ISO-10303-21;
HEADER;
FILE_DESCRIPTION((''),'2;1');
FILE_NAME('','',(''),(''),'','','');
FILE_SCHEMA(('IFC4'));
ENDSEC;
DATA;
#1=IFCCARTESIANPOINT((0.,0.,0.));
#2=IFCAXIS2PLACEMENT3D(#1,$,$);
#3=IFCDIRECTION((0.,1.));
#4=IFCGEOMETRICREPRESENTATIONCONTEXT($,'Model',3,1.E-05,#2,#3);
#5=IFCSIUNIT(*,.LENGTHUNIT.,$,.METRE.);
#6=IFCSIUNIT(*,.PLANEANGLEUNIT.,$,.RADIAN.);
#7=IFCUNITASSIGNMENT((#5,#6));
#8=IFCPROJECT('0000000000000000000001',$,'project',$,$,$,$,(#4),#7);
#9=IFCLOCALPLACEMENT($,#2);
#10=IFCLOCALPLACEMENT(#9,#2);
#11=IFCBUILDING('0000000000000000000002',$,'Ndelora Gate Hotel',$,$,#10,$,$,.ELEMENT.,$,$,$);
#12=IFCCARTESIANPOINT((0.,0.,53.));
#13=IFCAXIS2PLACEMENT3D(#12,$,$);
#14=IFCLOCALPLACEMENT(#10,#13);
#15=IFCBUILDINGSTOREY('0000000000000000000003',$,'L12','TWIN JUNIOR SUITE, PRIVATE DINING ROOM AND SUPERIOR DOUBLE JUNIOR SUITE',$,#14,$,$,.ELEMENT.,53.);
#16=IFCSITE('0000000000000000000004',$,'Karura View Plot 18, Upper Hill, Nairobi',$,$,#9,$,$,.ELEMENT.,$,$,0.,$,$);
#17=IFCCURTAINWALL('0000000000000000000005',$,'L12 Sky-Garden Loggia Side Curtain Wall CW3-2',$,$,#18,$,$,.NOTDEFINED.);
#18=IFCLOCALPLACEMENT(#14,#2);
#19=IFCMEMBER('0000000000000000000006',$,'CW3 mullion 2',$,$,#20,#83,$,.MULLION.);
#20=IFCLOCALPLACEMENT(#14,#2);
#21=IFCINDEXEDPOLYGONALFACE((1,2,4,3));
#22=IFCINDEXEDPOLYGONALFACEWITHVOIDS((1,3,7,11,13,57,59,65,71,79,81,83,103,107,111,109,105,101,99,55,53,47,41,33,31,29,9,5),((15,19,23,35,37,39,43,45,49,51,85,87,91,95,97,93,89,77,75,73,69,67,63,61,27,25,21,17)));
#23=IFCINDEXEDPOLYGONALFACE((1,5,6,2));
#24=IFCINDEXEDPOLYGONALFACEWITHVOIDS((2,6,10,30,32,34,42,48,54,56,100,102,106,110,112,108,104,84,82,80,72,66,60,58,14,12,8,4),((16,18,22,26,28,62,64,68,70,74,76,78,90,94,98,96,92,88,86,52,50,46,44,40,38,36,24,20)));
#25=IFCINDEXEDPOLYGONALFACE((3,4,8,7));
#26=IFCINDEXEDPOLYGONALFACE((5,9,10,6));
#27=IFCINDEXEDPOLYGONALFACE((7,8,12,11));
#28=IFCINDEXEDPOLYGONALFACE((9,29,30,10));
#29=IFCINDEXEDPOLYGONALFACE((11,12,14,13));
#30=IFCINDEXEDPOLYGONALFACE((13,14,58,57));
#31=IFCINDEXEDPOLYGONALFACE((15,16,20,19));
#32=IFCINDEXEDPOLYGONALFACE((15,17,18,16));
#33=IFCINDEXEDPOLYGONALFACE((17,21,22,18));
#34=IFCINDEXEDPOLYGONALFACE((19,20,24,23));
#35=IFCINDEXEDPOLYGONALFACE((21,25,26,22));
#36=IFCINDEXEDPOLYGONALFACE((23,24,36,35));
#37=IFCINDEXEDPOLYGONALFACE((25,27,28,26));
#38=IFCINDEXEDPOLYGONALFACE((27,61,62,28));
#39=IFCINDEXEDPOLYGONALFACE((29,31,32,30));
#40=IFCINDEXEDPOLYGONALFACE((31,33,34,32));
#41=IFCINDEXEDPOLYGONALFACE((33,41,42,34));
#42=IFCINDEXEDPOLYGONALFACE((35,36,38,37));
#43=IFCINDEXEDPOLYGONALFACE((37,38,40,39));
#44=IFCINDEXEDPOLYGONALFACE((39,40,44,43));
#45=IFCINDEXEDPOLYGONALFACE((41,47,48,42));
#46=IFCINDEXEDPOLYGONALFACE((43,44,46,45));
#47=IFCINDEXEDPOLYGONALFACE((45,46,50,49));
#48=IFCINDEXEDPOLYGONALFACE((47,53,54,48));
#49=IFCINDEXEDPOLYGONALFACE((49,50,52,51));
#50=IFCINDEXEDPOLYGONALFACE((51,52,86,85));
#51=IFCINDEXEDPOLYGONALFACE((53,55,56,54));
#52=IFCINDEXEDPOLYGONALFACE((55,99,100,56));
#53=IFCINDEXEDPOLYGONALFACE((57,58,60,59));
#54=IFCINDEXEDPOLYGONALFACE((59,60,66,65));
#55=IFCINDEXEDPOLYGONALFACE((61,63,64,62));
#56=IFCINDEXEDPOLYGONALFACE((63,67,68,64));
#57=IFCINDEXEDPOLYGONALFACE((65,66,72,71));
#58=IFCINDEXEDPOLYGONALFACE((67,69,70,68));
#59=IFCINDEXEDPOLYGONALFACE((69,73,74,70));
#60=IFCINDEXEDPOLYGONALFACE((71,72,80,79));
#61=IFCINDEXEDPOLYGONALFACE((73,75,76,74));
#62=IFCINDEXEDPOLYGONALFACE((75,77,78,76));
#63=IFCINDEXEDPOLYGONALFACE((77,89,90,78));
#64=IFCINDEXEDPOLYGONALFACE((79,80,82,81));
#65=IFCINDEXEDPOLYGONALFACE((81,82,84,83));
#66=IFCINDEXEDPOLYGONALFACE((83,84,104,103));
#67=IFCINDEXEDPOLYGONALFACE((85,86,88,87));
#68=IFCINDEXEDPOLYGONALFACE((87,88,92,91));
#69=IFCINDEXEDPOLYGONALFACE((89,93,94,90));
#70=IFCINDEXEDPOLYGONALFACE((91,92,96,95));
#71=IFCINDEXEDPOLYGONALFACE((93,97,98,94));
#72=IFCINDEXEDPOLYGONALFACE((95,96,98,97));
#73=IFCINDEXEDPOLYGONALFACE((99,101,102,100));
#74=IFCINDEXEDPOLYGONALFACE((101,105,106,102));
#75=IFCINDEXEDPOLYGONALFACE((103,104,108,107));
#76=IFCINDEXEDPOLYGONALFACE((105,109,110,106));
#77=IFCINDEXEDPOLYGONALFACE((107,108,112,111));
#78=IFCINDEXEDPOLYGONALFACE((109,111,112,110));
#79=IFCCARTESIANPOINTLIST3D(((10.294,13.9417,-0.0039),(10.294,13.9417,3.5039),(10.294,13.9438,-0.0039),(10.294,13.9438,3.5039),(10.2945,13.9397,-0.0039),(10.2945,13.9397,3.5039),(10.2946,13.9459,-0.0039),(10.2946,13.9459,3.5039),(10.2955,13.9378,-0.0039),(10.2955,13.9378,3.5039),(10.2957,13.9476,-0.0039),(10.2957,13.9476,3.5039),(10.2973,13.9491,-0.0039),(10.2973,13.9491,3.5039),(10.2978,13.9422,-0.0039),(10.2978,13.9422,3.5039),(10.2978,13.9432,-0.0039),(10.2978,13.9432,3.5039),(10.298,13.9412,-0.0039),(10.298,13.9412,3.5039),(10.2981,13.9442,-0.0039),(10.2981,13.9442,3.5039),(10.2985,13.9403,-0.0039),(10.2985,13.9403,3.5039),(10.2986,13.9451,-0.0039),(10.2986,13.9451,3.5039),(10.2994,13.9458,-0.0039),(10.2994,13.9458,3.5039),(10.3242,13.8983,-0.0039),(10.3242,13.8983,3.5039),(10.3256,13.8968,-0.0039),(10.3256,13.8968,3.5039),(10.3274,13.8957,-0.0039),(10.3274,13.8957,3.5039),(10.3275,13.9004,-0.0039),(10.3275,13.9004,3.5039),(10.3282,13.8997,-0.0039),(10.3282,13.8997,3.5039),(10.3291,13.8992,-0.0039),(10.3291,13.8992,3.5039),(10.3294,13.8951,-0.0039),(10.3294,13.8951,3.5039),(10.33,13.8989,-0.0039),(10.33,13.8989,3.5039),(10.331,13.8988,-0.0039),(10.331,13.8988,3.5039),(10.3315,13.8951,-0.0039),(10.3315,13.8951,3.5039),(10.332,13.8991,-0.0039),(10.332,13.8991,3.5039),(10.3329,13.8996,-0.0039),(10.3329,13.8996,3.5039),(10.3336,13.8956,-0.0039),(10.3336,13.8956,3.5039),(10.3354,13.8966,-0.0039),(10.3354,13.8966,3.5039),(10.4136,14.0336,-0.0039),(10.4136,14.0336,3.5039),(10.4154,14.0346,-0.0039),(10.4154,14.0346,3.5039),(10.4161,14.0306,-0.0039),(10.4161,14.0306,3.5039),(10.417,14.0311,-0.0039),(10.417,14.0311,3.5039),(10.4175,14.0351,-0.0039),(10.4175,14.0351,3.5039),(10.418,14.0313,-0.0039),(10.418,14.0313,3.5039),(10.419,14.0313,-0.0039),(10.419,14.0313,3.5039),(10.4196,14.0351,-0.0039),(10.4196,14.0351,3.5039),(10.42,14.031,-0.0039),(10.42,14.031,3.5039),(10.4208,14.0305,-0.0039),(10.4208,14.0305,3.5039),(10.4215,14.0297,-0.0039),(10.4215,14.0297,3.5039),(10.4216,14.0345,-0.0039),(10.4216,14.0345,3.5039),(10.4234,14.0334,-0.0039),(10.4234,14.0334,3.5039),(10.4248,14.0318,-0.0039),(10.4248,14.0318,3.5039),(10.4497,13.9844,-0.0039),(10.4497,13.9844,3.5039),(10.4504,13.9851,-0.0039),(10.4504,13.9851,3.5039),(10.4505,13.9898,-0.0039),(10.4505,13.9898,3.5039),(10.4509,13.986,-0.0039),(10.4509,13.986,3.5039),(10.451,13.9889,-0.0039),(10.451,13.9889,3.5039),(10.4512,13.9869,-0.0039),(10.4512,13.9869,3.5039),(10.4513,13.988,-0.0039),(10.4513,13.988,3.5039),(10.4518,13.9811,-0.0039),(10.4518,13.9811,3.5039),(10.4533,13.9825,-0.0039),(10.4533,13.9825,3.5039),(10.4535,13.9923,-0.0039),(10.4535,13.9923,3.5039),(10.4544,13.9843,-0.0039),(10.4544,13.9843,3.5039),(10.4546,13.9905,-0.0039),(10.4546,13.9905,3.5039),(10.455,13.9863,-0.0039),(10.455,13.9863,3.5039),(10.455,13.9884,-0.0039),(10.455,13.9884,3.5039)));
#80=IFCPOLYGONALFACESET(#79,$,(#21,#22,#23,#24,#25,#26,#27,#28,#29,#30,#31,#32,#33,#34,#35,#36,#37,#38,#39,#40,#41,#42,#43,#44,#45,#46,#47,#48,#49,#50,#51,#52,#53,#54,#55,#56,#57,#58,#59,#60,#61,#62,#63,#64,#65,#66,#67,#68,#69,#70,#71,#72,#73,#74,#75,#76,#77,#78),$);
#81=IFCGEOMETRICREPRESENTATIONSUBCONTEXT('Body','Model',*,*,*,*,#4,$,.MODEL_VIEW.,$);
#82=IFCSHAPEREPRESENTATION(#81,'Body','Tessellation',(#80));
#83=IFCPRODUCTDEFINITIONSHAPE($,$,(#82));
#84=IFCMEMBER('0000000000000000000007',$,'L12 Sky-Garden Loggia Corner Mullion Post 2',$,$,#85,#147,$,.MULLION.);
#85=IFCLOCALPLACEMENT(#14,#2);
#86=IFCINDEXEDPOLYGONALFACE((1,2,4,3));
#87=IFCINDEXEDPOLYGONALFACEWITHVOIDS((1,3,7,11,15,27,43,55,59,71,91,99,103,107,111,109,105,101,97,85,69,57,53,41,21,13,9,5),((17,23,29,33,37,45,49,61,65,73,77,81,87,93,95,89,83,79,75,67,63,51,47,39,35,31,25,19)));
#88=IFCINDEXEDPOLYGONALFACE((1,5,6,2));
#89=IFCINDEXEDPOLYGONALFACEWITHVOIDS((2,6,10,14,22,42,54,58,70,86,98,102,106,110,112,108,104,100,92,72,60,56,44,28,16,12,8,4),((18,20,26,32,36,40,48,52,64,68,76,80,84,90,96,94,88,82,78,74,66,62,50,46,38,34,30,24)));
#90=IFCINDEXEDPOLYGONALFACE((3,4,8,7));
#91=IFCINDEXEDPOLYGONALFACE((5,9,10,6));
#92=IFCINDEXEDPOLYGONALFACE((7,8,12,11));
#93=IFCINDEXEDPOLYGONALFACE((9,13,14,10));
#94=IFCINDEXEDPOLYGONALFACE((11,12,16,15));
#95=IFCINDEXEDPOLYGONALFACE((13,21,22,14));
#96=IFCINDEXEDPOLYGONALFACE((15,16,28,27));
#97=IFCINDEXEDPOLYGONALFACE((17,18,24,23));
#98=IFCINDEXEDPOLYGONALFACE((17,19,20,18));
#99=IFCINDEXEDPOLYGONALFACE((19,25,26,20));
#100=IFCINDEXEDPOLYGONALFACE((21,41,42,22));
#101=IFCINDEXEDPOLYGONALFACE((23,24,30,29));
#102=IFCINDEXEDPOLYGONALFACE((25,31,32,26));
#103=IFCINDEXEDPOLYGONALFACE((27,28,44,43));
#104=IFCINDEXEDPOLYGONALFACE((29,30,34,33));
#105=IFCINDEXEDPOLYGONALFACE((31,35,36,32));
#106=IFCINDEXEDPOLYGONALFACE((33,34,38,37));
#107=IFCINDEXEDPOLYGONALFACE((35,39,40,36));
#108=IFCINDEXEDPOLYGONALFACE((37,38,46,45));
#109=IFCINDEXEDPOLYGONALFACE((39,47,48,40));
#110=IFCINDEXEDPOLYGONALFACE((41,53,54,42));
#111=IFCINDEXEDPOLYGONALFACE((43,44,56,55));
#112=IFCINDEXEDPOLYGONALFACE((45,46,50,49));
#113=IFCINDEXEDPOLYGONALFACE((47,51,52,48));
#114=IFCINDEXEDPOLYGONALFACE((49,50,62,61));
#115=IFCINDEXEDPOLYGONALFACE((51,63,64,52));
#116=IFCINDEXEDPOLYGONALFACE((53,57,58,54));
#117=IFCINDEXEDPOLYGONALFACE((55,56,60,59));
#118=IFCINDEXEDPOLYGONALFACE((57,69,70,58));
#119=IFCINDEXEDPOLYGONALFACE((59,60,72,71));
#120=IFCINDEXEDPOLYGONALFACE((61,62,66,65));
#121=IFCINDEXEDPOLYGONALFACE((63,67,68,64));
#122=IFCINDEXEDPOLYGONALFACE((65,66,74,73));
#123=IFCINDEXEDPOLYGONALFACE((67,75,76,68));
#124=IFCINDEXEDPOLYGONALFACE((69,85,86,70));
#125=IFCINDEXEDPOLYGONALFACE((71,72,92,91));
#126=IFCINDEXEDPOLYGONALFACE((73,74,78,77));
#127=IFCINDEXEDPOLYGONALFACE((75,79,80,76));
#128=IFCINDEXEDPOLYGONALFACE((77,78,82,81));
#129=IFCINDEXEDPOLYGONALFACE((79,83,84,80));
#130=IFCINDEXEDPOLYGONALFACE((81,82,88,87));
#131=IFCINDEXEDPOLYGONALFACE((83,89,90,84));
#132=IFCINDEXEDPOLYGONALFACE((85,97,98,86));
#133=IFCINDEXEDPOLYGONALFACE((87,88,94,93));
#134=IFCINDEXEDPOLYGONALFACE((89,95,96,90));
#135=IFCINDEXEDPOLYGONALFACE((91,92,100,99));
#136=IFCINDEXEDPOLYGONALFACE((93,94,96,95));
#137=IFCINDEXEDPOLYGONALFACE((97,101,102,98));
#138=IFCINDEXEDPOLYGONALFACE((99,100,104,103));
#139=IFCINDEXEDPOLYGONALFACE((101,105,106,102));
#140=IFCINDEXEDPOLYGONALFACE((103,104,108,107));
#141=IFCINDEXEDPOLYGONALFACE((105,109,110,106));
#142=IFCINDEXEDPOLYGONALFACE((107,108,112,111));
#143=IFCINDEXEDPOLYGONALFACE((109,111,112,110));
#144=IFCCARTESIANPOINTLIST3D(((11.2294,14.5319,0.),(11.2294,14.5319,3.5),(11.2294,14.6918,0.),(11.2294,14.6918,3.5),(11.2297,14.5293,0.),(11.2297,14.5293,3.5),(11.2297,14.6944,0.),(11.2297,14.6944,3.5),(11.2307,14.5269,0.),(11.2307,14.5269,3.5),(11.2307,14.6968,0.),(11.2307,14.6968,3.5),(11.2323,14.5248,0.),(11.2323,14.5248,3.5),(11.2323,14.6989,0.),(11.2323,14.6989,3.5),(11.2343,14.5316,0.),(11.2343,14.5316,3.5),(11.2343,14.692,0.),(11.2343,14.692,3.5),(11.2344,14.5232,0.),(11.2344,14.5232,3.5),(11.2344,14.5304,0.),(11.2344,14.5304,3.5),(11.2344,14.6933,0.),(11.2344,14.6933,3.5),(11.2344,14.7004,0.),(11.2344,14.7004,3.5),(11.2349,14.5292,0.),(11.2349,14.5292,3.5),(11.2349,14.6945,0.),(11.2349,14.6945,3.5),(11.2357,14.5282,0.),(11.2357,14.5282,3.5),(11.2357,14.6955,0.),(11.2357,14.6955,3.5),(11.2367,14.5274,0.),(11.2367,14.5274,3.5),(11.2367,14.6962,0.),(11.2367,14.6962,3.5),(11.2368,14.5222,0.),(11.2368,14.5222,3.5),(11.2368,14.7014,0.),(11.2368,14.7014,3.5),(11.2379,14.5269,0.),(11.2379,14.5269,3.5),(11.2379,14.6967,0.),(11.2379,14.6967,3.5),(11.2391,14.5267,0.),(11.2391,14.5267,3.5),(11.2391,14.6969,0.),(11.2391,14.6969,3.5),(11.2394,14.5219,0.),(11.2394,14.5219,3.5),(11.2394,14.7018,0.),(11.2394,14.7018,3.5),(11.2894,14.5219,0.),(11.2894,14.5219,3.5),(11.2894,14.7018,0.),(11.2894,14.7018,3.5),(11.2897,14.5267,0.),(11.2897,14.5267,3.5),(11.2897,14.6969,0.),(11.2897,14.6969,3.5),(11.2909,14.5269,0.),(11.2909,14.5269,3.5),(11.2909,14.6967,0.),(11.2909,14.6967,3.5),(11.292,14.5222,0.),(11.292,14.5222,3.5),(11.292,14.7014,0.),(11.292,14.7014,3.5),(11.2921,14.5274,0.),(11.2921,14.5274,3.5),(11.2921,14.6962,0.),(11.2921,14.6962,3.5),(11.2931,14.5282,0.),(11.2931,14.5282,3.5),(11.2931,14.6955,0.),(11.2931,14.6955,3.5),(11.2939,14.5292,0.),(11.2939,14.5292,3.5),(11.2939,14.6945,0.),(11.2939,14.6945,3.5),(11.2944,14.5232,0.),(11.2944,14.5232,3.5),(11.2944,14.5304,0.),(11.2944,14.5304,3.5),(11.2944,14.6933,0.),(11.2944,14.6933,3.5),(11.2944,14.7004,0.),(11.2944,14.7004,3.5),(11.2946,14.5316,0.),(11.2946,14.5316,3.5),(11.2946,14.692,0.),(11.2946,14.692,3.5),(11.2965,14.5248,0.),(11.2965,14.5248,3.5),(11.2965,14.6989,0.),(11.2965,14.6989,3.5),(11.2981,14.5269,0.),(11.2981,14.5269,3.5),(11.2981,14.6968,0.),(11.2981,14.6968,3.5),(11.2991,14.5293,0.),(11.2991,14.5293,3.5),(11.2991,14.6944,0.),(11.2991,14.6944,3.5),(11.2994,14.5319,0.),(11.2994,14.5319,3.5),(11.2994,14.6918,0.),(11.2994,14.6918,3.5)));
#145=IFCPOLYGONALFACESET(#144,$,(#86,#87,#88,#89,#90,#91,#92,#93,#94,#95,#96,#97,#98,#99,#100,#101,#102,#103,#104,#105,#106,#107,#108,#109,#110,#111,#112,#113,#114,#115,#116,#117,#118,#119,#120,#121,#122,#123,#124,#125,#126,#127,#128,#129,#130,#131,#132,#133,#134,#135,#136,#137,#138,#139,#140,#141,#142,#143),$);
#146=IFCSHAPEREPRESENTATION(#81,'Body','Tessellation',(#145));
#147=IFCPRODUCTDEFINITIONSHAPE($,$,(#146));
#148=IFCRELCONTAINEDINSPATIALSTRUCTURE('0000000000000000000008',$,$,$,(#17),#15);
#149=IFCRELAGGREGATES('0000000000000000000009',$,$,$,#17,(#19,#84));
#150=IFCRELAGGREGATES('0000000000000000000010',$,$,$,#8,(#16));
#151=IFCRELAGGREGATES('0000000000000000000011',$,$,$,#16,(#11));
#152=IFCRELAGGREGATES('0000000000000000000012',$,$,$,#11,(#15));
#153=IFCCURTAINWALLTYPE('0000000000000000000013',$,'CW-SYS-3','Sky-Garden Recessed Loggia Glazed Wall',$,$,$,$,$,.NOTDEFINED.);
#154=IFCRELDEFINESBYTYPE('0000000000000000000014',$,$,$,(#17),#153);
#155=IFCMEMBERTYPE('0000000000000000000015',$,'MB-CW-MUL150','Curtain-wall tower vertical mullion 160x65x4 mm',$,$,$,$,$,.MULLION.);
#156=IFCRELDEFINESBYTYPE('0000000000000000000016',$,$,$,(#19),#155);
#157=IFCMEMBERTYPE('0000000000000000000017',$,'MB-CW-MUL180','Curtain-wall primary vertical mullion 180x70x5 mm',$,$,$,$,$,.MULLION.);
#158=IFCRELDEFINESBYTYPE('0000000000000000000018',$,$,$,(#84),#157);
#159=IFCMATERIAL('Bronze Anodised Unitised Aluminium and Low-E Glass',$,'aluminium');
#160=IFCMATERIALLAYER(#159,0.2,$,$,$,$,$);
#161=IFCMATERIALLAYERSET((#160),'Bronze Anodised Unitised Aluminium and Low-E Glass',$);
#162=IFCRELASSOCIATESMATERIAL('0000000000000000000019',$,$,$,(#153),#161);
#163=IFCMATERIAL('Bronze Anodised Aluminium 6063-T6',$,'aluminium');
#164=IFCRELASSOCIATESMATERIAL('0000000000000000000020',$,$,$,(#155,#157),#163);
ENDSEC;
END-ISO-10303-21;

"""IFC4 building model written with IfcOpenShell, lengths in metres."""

from ifc_helpers import new_model, si_unit, direction, frame, origin, origin_2d, place, context, subcontext, project, spatial, hollow_rectangle, extrude, material, layer, layer_set, material_profile, profile_set, type_object, element, aggregate, save


model = new_model("IFC4")

# Units and contexts
model_context = context("Model", 3, precision=1e-05, world=origin(), true_north=direction((0.0, 1.0)))
body_context = subcontext(model_context, "Body", "Model", "MODEL_VIEW")
ifc_project = project(units=[si_unit("LENGTHUNIT", "METRE"), si_unit("PLANEANGLEUNIT", "RADIAN")], contexts=[model_context])

# Site, building, storey
site_placement = place(None, origin())
site = spatial("IfcSite", under=ifc_project, at=site_placement, Name="Karura View Plot 18, Upper Hill, Nairobi", CompositionType="ELEMENT", RefElevation=0.0)
building_placement = place(site_placement, origin())
building = spatial("IfcBuilding", under=site, at=building_placement, Name="Ndelora Gate Hotel", CompositionType="ELEMENT")
storey_placement = place(building_placement, frame((0.0, 0.0, 53.0)))
storey = spatial("IfcBuildingStorey", under=building, at=storey_placement, Name="L12", Description="TWIN JUNIOR SUITE, PRIVATE DINING ROOM AND SUPERIOR DOUBLE JUNIOR SUITE", CompositionType="ELEMENT", Elevation=53.0)

# Curtain wall, members
ifc_material_1 = material(Name="Bronze Anodised Unitised Aluminium and Low-E Glass", Category="aluminium")
ifc_layer_1 = layer(ifc_material_1, 0.2)
ifc_layer_set_1 = layer_set([ifc_layer_1], Name="Bronze Anodised Unitised Aluminium and Low-E Glass")
curtain_wall_type = type_object("IfcCurtainWallType", Name="CW-SYS-3", Description="Sky-Garden Recessed Loggia Glazed Wall", PredefinedType="NOTDEFINED", material=ifc_layer_set_1)
curtain_wall_placement = place(storey_placement, origin())
curtain_wall = element("IfcCurtainWall", 1, at=curtain_wall_placement, inside=storey, type_object=curtain_wall_type, Name="L12 Sky-Garden Loggia Side Curtain Wall CW3-2", PredefinedType="NOTDEFINED")
ifc_material_2 = material(Name="Bronze Anodised Aluminium 6063-T6", Category="aluminium")
ifc_material_profile_1 = material_profile(ifc_material_2, hollow_rectangle(XDim=0.0649, YDim=0.1599, WallThickness=0.0039, InnerFilletRadius=0.0039, OuterFilletRadius=0.0081, at=origin_2d()), Name="ALU 160x65x4")
ifc_profile_set_1 = profile_set([ifc_material_profile_1], Name="Bronze Anodised Aluminium 6063-T6")
member_type_1 = type_object("IfcMemberType", Name="MB-CW-MUL150", Description="Curtain-wall tower vertical mullion 160x65x4 mm", PredefinedType="MULLION", material=ifc_profile_set_1)
member_1_placement = place(storey_placement, frame((10.3745, 13.9651, -0.0039), z_axis=(0.0, 0.0, 1.0), x_axis=(0.587785, -0.809017, 0.0)))
member_1 = element("IfcMember", 2, at=member_1_placement, type_object=member_type_1, Name="CW3 mullion 2", PredefinedType="MULLION", context=body_context, shape_type="SweptSolid", body=[
    extrude(hollow_rectangle(XDim=0.0649, YDim=0.1599, WallThickness=0.0039, InnerFilletRadius=0.0039, OuterFilletRadius=0.0081, at=origin_2d()), origin(), (0.0, 0.0, 1.0), 3.5078),
])
ifc_material_profile_2 = material_profile(ifc_material_2, hollow_rectangle(XDim=0.0701, YDim=0.1799, WallThickness=0.0049, InnerFilletRadius=0.0049, OuterFilletRadius=0.01, at=origin_2d()), Name="ALU 180x70x5")
ifc_profile_set_2 = profile_set([ifc_material_profile_2], Name="Bronze Anodised Aluminium 6063-T6")
member_type_2 = type_object("IfcMemberType", Name="MB-CW-MUL180", Description="Curtain-wall primary vertical mullion 180x70x5 mm", PredefinedType="MULLION", material=ifc_profile_set_2)
member_2_placement = place(storey_placement, frame((11.2644, 14.6118, 0.0), z_axis=(0.0, 0.0, 1.0), x_axis=(1.0, 0.0, 0.0)))
member_2 = element("IfcMember", 3, at=member_2_placement, type_object=member_type_2, Name="L12 Sky-Garden Loggia Corner Mullion Post 2", PredefinedType="MULLION", context=body_context, shape_type="SweptSolid", body=[
    extrude(hollow_rectangle(XDim=0.0701, YDim=0.1799, WallThickness=0.0049, InnerFilletRadius=0.0049, OuterFilletRadius=0.01, at=origin_2d()), origin(), (0.0, 0.0, 1.0), 3.5),
])
aggregate(curtain_wall, [member_1, member_2])

save(model, "model.ifc")
